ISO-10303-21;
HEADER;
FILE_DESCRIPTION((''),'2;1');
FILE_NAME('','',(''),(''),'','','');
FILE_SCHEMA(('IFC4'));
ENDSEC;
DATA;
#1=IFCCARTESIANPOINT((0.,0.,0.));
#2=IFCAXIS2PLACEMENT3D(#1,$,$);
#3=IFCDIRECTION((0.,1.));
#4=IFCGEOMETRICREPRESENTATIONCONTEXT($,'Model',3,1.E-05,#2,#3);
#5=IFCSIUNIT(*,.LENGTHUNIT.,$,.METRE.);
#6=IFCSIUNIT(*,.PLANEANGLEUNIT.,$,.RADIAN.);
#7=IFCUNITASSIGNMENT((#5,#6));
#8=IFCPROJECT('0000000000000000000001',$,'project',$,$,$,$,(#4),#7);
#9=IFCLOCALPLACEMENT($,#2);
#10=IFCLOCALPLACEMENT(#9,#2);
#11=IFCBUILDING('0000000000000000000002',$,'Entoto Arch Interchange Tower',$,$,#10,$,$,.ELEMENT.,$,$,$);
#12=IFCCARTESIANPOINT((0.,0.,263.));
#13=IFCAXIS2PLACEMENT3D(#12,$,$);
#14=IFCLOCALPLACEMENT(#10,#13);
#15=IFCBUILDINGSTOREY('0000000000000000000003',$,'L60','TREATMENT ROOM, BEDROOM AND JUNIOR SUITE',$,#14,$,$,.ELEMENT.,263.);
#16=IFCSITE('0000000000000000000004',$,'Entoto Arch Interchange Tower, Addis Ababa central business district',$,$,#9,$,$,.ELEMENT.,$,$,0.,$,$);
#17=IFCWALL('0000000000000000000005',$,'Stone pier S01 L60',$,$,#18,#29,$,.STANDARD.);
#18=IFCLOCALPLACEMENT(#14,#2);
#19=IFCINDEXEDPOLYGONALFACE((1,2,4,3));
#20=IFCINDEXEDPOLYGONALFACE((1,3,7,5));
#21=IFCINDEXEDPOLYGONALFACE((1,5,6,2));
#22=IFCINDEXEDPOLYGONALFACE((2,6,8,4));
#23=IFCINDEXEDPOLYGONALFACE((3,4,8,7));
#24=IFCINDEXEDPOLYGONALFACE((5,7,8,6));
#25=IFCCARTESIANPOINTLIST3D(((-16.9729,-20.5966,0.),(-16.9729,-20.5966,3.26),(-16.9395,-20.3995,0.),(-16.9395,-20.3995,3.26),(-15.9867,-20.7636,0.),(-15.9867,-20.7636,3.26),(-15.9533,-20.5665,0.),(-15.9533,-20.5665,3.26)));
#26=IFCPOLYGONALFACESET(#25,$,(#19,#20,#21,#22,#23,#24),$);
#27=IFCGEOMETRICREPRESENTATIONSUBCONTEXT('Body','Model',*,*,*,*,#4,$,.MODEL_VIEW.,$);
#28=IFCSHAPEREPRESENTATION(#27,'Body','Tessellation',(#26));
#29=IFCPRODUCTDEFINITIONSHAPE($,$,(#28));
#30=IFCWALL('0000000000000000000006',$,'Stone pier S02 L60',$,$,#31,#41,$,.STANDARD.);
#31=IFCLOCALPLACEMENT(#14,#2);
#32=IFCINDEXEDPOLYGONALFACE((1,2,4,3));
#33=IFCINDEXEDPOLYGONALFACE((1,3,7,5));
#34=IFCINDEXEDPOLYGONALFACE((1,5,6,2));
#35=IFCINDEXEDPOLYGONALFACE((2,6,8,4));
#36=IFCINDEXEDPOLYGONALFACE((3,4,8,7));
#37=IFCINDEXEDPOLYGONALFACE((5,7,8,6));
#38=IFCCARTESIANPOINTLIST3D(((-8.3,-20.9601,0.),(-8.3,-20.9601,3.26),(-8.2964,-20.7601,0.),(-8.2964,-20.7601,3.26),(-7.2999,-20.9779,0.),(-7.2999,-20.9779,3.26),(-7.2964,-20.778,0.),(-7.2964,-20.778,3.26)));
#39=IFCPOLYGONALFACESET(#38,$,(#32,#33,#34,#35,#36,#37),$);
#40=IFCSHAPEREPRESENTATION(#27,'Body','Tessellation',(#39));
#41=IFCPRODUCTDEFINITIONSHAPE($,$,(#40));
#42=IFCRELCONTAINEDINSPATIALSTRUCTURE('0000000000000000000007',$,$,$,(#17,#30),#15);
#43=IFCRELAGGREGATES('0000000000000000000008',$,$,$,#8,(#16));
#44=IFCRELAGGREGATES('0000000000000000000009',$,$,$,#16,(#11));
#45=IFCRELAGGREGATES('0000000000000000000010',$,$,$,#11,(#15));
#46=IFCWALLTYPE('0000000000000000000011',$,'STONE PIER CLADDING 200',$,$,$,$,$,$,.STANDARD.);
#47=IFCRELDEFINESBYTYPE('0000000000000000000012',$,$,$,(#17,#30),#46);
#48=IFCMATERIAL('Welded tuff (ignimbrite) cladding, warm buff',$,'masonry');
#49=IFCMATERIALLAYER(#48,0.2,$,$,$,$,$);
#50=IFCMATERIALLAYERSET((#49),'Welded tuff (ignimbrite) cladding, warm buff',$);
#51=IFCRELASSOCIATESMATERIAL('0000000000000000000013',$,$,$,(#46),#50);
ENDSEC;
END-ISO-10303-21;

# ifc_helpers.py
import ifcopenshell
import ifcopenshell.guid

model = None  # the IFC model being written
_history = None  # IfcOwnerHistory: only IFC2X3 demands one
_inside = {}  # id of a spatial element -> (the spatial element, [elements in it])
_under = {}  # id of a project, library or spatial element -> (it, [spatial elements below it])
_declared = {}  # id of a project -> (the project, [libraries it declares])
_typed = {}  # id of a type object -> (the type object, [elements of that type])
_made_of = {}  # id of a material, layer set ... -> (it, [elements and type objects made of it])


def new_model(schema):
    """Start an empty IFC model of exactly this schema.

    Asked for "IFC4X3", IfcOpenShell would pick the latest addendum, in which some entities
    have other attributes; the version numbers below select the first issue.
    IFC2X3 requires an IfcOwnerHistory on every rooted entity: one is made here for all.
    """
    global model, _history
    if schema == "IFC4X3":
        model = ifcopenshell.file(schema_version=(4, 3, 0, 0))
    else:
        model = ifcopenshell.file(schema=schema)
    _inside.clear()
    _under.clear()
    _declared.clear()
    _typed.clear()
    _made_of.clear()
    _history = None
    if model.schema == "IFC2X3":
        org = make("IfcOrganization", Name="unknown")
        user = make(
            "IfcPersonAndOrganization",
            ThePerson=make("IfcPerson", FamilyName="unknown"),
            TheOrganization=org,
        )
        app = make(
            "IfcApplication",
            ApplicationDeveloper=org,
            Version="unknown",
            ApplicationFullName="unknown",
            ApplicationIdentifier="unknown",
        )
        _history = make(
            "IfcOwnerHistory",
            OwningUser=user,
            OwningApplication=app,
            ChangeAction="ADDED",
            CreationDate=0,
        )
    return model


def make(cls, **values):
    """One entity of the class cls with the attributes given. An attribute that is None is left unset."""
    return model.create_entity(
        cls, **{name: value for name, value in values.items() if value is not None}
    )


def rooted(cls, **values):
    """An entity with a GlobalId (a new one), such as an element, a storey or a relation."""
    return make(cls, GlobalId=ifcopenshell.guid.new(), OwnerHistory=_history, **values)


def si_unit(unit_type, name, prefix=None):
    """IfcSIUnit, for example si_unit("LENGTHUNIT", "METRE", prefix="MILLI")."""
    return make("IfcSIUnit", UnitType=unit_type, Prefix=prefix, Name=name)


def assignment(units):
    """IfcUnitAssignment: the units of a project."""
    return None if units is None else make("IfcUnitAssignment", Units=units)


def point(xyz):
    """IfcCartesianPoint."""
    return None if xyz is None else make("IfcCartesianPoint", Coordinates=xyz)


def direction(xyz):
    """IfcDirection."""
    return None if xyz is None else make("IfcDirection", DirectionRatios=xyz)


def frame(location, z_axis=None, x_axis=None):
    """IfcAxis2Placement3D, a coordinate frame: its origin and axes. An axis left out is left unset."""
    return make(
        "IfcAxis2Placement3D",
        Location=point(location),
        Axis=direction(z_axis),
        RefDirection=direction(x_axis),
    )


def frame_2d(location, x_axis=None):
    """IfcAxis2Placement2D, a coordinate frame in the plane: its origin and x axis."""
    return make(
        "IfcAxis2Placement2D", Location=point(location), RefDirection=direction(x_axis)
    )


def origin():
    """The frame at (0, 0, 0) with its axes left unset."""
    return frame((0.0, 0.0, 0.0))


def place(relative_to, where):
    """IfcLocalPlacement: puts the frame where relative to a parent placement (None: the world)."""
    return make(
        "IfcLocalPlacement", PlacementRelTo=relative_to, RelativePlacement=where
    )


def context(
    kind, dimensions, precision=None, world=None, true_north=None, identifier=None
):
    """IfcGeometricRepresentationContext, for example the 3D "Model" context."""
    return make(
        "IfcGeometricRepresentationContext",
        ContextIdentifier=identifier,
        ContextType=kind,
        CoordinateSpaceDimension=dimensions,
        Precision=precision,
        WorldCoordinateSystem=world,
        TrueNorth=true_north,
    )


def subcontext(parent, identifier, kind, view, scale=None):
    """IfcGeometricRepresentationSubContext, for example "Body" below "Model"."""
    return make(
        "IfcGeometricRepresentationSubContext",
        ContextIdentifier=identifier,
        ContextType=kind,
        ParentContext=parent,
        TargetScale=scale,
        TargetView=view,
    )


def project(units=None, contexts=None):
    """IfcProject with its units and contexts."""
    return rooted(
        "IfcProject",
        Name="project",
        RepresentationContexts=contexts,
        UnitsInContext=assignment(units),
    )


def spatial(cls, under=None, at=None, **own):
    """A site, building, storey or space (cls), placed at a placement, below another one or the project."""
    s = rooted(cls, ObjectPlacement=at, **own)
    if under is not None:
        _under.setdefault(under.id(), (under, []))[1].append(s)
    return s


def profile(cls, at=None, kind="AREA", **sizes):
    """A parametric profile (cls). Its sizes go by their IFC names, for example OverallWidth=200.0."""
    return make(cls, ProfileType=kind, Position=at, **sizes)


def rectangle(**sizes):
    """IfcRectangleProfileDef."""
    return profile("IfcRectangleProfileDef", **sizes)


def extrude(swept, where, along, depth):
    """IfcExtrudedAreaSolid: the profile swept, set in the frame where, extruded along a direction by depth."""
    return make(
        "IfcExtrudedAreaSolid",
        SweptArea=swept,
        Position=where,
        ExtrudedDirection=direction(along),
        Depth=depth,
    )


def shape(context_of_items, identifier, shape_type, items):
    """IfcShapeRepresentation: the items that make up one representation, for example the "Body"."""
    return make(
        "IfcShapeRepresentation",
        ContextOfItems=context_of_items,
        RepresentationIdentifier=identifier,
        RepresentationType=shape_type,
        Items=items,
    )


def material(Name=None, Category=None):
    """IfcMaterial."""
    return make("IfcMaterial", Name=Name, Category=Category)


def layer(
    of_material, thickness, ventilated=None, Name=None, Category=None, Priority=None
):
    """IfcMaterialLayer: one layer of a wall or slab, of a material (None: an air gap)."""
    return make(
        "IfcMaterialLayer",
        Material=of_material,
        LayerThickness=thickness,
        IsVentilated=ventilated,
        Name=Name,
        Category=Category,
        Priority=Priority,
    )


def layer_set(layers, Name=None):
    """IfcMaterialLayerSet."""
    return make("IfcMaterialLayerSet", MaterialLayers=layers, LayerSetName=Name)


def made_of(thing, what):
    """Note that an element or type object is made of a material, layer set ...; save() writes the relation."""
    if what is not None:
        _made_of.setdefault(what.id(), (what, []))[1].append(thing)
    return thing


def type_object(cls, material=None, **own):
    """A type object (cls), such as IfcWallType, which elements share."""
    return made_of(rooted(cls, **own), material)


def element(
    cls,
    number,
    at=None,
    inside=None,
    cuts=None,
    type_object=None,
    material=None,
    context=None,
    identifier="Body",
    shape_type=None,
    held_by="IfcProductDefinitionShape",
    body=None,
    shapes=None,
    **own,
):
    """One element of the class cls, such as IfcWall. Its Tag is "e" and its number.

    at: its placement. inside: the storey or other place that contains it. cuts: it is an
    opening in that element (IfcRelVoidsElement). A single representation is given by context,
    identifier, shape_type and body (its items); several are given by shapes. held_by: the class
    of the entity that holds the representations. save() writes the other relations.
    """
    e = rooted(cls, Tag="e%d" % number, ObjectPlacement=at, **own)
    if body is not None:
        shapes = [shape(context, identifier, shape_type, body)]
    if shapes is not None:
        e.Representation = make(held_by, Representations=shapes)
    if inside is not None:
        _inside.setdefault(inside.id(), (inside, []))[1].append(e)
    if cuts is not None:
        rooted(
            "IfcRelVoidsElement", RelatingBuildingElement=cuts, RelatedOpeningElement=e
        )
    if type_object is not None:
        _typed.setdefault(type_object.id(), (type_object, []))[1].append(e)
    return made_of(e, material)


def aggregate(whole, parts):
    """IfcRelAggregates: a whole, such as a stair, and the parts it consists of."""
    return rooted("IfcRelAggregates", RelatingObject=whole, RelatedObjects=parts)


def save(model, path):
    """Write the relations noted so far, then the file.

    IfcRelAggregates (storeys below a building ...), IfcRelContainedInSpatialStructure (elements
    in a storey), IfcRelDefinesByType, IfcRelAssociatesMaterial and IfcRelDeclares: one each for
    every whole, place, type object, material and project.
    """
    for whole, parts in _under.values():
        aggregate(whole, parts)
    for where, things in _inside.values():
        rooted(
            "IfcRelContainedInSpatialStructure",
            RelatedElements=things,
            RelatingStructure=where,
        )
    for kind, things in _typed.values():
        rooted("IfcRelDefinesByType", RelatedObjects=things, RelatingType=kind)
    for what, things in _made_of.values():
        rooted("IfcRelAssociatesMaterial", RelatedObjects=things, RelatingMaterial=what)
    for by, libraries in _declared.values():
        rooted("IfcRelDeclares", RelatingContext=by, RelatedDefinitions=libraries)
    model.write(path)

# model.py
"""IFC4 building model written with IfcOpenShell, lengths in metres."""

from ifc_helpers import new_model, si_unit, direction, frame, frame_2d, origin, place, context, subcontext, project, spatial, rectangle, extrude, material, layer, layer_set, type_object, element, save


model = new_model("IFC4")

# Units and contexts
model_context = context("Model", 3, precision=1e-05, world=origin(), true_north=direction((0.0, 1.0)))
body_context = subcontext(model_context, "Body", "Model", "MODEL_VIEW")
ifc_project = project(units=[si_unit("LENGTHUNIT", "METRE"), si_unit("PLANEANGLEUNIT", "RADIAN")], contexts=[model_context])

# Site, building, storey
site_placement = place(None, origin())
site = spatial("IfcSite", under=ifc_project, at=site_placement, Name="Entoto Arch Interchange Tower, Addis Ababa central business district", CompositionType="ELEMENT", RefElevation=0.0)
building_placement = place(site_placement, origin())
building = spatial("IfcBuilding", under=site, at=building_placement, Name="Entoto Arch Interchange Tower", CompositionType="ELEMENT")
storey_placement = place(building_placement, frame((0.0, 0.0, 263.0)))
storey = spatial("IfcBuildingStorey", under=building, at=storey_placement, Name="L60", Description="TREATMENT ROOM, BEDROOM AND JUNIOR SUITE", CompositionType="ELEMENT", Elevation=263.0)

# Shared definitions
ifc_material_1 = material(Name="Welded tuff (ignimbrite) cladding, warm buff", Category="masonry")

# Walls
ifc_layer_1 = layer(ifc_material_1, 0.2)
ifc_layer_set_1 = layer_set([ifc_layer_1], Name="Welded tuff (ignimbrite) cladding, warm buff")
wall_type_1 = type_object("IfcWallType", Name="STONE PIER CLADDING 200", PredefinedType="STANDARD", material=ifc_layer_set_1)
for number, where, z_axis, x_axis, name in (
    (1, (-16.9561, -20.498, 0.0), (0.0, 0.0, 1.0), (0.985962, -0.166971, 0.0), "Stone pier S01 L60"),
    (2, (-8.2981, -20.8601, 0.0), (0.0, 0.0, 1.0), (0.999841, -0.017819, 0.0), "Stone pier S02 L60"),
):
    element("IfcWall", number, at=place(storey_placement, frame(where, z_axis=z_axis, x_axis=x_axis)), inside=storey, type_object=wall_type_1, Name=name, PredefinedType="STANDARD", context=body_context, shape_type="SweptSolid", body=[
        extrude(rectangle(XDim=1.0002, YDim=0.2, at=frame_2d((0.5, 0.0))), origin(), (0.0, 0.0, 1.0), 3.26),
    ])

save(model, "model.ifc")
